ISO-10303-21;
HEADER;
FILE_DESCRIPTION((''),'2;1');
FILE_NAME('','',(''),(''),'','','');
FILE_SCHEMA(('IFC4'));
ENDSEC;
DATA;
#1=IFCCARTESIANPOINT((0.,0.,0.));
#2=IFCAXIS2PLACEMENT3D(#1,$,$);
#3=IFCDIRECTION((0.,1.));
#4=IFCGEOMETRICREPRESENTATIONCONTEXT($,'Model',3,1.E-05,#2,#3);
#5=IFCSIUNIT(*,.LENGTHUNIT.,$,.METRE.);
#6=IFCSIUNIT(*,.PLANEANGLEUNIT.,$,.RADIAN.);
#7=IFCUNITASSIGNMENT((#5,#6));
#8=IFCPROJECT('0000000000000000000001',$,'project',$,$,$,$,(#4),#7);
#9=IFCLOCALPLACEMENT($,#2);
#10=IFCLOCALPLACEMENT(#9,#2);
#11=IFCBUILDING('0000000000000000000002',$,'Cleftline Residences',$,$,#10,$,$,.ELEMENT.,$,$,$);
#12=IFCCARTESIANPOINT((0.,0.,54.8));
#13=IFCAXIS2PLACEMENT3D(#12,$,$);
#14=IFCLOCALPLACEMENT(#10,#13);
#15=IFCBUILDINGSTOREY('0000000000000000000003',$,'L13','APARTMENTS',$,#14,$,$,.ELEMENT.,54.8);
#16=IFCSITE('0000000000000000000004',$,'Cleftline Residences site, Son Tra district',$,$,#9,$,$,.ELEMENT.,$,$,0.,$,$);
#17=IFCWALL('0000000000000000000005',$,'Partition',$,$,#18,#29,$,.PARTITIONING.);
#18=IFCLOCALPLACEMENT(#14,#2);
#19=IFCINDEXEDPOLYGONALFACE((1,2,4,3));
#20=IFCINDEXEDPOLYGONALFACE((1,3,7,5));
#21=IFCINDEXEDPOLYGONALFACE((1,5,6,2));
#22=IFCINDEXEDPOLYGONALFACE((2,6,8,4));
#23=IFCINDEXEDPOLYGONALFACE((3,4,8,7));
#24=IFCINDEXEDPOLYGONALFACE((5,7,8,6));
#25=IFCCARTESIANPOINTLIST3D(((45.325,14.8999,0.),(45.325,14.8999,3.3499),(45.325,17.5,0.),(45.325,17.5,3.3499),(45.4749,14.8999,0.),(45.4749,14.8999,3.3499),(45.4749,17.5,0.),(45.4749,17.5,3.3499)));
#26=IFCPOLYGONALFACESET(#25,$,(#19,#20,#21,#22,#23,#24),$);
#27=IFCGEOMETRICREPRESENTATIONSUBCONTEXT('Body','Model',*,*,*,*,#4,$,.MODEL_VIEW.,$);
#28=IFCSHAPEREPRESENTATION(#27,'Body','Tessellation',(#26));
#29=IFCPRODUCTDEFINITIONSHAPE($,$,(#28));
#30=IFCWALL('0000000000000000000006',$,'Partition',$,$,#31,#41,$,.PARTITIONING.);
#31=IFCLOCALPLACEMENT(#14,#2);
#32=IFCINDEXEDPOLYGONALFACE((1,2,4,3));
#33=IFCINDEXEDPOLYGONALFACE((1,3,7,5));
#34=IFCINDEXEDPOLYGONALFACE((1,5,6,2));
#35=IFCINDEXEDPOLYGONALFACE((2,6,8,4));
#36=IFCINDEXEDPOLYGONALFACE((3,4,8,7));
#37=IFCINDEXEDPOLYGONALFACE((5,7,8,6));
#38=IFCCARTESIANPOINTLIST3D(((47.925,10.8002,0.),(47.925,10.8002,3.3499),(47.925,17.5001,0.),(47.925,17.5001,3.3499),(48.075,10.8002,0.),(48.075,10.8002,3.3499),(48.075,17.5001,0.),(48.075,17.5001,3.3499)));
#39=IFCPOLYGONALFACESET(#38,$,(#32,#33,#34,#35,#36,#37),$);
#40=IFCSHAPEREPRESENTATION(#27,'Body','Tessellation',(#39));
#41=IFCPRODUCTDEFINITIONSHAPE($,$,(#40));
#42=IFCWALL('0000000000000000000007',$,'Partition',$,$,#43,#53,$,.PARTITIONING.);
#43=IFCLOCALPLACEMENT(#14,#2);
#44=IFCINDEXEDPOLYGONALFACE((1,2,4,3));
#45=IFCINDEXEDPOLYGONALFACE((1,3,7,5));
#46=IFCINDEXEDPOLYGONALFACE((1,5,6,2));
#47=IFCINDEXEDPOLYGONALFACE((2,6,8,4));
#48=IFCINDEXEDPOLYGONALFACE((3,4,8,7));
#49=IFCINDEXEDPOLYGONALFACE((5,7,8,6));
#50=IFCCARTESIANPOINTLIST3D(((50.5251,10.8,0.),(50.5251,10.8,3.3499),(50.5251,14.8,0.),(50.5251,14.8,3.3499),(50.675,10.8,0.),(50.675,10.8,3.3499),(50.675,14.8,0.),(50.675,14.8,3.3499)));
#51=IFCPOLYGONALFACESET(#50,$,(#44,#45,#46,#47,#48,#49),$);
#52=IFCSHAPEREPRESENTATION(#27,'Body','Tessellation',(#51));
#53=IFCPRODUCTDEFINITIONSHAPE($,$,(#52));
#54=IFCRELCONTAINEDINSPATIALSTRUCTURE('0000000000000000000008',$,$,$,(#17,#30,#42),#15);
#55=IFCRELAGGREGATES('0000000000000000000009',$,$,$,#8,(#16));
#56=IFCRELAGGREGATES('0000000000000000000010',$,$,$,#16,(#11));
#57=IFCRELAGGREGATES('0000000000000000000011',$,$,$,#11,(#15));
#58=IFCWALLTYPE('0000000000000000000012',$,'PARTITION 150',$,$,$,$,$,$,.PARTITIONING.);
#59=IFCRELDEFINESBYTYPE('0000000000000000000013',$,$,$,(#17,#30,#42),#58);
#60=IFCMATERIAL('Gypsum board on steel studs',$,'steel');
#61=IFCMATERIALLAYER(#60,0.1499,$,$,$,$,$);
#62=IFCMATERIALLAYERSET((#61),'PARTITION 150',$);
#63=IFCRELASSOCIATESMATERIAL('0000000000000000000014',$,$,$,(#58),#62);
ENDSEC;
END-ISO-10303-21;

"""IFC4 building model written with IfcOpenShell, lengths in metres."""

from ifc_helpers import new_model, si_unit, direction, frame, frame_2d, origin, place, context, subcontext, project, spatial, rectangle, extrude, material, layer, layer_set, type_object, element, save


model = new_model("IFC4")

# Units and contexts
model_context = context("Model", 3, precision=1e-05, world=origin(), true_north=direction((0.0, 1.0)))
body_context = subcontext(model_context, "Body", "Model", "MODEL_VIEW")
ifc_project = project(units=[si_unit("LENGTHUNIT", "METRE"), si_unit("PLANEANGLEUNIT", "RADIAN")], contexts=[model_context])

# Site, building, storey
site_placement = place(None, origin())
site = spatial("IfcSite", under=ifc_project, at=site_placement, Name="Cleftline Residences site, Son Tra district", CompositionType="ELEMENT", RefElevation=0.0)
building_placement = place(site_placement, origin())
building = spatial("IfcBuilding", under=site, at=building_placement, Name="Cleftline Residences", CompositionType="ELEMENT")
storey_placement = place(building_placement, frame((0.0, 0.0, 54.8)))
storey = spatial("IfcBuildingStorey", under=building, at=storey_placement, Name="L13", Description="APARTMENTS", CompositionType="ELEMENT", Elevation=54.8)

# Shared definitions
ifc_material_1 = material(Name="Gypsum board on steel studs", Category="steel")
ifc_layer_1 = layer(ifc_material_1, 0.1499)
ifc_layer_set_1 = layer_set([ifc_layer_1], Name="PARTITION 150")
wall_type_1 = type_object("IfcWallType", Name="PARTITION 150", PredefinedType="PARTITIONING", material=ifc_layer_set_1)

# Walls
wall_1_placement = place(storey_placement, frame((45.3999, 14.8999, 0.0), z_axis=(0.0, 0.0, 1.0), x_axis=(0.0, 1.0, 0.0)))
element("IfcWall", 1, at=wall_1_placement, inside=storey, type_object=wall_type_1, Name="Partition", PredefinedType="PARTITIONING", context=body_context, shape_type="SweptSolid", body=[
    extrude(rectangle(XDim=2.6001, YDim=0.1499, at=frame_2d((1.3, 0.0))), origin(), (0.0, 0.0, 1.0), 3.3499),
])
wall_2_placement = place(storey_placement, frame((48.0, 10.8, 0.0), z_axis=(0.0, 0.0, 1.0), x_axis=(0.0, 1.0, 0.0)))
element("IfcWall", 2, at=wall_2_placement, inside=storey, type_object=wall_type_1, Name="Partition", PredefinedType="PARTITIONING", context=body_context, shape_type="SweptSolid", body=[
    extrude(rectangle(XDim=6.7, YDim=0.1499, at=frame_2d((3.3501, 0.0))), origin(), (0.0, 0.0, 1.0), 3.3499),
])
wall_3_placement = place(storey_placement, frame((50.6001, 10.8, 0.0), z_axis=(0.0, 0.0, 1.0), x_axis=(0.0, 1.0, 0.0)))
element("IfcWall", 3, at=wall_3_placement, inside=storey, type_object=wall_type_1, Name="Partition", PredefinedType="PARTITIONING", context=body_context, shape_type="SweptSolid", body=[
    extrude(rectangle(XDim=4.0, YDim=0.1499, at=frame_2d((2.0, 0.0))), origin(), (0.0, 0.0, 1.0), 3.3499),
])

save(model, "model.ifc")
